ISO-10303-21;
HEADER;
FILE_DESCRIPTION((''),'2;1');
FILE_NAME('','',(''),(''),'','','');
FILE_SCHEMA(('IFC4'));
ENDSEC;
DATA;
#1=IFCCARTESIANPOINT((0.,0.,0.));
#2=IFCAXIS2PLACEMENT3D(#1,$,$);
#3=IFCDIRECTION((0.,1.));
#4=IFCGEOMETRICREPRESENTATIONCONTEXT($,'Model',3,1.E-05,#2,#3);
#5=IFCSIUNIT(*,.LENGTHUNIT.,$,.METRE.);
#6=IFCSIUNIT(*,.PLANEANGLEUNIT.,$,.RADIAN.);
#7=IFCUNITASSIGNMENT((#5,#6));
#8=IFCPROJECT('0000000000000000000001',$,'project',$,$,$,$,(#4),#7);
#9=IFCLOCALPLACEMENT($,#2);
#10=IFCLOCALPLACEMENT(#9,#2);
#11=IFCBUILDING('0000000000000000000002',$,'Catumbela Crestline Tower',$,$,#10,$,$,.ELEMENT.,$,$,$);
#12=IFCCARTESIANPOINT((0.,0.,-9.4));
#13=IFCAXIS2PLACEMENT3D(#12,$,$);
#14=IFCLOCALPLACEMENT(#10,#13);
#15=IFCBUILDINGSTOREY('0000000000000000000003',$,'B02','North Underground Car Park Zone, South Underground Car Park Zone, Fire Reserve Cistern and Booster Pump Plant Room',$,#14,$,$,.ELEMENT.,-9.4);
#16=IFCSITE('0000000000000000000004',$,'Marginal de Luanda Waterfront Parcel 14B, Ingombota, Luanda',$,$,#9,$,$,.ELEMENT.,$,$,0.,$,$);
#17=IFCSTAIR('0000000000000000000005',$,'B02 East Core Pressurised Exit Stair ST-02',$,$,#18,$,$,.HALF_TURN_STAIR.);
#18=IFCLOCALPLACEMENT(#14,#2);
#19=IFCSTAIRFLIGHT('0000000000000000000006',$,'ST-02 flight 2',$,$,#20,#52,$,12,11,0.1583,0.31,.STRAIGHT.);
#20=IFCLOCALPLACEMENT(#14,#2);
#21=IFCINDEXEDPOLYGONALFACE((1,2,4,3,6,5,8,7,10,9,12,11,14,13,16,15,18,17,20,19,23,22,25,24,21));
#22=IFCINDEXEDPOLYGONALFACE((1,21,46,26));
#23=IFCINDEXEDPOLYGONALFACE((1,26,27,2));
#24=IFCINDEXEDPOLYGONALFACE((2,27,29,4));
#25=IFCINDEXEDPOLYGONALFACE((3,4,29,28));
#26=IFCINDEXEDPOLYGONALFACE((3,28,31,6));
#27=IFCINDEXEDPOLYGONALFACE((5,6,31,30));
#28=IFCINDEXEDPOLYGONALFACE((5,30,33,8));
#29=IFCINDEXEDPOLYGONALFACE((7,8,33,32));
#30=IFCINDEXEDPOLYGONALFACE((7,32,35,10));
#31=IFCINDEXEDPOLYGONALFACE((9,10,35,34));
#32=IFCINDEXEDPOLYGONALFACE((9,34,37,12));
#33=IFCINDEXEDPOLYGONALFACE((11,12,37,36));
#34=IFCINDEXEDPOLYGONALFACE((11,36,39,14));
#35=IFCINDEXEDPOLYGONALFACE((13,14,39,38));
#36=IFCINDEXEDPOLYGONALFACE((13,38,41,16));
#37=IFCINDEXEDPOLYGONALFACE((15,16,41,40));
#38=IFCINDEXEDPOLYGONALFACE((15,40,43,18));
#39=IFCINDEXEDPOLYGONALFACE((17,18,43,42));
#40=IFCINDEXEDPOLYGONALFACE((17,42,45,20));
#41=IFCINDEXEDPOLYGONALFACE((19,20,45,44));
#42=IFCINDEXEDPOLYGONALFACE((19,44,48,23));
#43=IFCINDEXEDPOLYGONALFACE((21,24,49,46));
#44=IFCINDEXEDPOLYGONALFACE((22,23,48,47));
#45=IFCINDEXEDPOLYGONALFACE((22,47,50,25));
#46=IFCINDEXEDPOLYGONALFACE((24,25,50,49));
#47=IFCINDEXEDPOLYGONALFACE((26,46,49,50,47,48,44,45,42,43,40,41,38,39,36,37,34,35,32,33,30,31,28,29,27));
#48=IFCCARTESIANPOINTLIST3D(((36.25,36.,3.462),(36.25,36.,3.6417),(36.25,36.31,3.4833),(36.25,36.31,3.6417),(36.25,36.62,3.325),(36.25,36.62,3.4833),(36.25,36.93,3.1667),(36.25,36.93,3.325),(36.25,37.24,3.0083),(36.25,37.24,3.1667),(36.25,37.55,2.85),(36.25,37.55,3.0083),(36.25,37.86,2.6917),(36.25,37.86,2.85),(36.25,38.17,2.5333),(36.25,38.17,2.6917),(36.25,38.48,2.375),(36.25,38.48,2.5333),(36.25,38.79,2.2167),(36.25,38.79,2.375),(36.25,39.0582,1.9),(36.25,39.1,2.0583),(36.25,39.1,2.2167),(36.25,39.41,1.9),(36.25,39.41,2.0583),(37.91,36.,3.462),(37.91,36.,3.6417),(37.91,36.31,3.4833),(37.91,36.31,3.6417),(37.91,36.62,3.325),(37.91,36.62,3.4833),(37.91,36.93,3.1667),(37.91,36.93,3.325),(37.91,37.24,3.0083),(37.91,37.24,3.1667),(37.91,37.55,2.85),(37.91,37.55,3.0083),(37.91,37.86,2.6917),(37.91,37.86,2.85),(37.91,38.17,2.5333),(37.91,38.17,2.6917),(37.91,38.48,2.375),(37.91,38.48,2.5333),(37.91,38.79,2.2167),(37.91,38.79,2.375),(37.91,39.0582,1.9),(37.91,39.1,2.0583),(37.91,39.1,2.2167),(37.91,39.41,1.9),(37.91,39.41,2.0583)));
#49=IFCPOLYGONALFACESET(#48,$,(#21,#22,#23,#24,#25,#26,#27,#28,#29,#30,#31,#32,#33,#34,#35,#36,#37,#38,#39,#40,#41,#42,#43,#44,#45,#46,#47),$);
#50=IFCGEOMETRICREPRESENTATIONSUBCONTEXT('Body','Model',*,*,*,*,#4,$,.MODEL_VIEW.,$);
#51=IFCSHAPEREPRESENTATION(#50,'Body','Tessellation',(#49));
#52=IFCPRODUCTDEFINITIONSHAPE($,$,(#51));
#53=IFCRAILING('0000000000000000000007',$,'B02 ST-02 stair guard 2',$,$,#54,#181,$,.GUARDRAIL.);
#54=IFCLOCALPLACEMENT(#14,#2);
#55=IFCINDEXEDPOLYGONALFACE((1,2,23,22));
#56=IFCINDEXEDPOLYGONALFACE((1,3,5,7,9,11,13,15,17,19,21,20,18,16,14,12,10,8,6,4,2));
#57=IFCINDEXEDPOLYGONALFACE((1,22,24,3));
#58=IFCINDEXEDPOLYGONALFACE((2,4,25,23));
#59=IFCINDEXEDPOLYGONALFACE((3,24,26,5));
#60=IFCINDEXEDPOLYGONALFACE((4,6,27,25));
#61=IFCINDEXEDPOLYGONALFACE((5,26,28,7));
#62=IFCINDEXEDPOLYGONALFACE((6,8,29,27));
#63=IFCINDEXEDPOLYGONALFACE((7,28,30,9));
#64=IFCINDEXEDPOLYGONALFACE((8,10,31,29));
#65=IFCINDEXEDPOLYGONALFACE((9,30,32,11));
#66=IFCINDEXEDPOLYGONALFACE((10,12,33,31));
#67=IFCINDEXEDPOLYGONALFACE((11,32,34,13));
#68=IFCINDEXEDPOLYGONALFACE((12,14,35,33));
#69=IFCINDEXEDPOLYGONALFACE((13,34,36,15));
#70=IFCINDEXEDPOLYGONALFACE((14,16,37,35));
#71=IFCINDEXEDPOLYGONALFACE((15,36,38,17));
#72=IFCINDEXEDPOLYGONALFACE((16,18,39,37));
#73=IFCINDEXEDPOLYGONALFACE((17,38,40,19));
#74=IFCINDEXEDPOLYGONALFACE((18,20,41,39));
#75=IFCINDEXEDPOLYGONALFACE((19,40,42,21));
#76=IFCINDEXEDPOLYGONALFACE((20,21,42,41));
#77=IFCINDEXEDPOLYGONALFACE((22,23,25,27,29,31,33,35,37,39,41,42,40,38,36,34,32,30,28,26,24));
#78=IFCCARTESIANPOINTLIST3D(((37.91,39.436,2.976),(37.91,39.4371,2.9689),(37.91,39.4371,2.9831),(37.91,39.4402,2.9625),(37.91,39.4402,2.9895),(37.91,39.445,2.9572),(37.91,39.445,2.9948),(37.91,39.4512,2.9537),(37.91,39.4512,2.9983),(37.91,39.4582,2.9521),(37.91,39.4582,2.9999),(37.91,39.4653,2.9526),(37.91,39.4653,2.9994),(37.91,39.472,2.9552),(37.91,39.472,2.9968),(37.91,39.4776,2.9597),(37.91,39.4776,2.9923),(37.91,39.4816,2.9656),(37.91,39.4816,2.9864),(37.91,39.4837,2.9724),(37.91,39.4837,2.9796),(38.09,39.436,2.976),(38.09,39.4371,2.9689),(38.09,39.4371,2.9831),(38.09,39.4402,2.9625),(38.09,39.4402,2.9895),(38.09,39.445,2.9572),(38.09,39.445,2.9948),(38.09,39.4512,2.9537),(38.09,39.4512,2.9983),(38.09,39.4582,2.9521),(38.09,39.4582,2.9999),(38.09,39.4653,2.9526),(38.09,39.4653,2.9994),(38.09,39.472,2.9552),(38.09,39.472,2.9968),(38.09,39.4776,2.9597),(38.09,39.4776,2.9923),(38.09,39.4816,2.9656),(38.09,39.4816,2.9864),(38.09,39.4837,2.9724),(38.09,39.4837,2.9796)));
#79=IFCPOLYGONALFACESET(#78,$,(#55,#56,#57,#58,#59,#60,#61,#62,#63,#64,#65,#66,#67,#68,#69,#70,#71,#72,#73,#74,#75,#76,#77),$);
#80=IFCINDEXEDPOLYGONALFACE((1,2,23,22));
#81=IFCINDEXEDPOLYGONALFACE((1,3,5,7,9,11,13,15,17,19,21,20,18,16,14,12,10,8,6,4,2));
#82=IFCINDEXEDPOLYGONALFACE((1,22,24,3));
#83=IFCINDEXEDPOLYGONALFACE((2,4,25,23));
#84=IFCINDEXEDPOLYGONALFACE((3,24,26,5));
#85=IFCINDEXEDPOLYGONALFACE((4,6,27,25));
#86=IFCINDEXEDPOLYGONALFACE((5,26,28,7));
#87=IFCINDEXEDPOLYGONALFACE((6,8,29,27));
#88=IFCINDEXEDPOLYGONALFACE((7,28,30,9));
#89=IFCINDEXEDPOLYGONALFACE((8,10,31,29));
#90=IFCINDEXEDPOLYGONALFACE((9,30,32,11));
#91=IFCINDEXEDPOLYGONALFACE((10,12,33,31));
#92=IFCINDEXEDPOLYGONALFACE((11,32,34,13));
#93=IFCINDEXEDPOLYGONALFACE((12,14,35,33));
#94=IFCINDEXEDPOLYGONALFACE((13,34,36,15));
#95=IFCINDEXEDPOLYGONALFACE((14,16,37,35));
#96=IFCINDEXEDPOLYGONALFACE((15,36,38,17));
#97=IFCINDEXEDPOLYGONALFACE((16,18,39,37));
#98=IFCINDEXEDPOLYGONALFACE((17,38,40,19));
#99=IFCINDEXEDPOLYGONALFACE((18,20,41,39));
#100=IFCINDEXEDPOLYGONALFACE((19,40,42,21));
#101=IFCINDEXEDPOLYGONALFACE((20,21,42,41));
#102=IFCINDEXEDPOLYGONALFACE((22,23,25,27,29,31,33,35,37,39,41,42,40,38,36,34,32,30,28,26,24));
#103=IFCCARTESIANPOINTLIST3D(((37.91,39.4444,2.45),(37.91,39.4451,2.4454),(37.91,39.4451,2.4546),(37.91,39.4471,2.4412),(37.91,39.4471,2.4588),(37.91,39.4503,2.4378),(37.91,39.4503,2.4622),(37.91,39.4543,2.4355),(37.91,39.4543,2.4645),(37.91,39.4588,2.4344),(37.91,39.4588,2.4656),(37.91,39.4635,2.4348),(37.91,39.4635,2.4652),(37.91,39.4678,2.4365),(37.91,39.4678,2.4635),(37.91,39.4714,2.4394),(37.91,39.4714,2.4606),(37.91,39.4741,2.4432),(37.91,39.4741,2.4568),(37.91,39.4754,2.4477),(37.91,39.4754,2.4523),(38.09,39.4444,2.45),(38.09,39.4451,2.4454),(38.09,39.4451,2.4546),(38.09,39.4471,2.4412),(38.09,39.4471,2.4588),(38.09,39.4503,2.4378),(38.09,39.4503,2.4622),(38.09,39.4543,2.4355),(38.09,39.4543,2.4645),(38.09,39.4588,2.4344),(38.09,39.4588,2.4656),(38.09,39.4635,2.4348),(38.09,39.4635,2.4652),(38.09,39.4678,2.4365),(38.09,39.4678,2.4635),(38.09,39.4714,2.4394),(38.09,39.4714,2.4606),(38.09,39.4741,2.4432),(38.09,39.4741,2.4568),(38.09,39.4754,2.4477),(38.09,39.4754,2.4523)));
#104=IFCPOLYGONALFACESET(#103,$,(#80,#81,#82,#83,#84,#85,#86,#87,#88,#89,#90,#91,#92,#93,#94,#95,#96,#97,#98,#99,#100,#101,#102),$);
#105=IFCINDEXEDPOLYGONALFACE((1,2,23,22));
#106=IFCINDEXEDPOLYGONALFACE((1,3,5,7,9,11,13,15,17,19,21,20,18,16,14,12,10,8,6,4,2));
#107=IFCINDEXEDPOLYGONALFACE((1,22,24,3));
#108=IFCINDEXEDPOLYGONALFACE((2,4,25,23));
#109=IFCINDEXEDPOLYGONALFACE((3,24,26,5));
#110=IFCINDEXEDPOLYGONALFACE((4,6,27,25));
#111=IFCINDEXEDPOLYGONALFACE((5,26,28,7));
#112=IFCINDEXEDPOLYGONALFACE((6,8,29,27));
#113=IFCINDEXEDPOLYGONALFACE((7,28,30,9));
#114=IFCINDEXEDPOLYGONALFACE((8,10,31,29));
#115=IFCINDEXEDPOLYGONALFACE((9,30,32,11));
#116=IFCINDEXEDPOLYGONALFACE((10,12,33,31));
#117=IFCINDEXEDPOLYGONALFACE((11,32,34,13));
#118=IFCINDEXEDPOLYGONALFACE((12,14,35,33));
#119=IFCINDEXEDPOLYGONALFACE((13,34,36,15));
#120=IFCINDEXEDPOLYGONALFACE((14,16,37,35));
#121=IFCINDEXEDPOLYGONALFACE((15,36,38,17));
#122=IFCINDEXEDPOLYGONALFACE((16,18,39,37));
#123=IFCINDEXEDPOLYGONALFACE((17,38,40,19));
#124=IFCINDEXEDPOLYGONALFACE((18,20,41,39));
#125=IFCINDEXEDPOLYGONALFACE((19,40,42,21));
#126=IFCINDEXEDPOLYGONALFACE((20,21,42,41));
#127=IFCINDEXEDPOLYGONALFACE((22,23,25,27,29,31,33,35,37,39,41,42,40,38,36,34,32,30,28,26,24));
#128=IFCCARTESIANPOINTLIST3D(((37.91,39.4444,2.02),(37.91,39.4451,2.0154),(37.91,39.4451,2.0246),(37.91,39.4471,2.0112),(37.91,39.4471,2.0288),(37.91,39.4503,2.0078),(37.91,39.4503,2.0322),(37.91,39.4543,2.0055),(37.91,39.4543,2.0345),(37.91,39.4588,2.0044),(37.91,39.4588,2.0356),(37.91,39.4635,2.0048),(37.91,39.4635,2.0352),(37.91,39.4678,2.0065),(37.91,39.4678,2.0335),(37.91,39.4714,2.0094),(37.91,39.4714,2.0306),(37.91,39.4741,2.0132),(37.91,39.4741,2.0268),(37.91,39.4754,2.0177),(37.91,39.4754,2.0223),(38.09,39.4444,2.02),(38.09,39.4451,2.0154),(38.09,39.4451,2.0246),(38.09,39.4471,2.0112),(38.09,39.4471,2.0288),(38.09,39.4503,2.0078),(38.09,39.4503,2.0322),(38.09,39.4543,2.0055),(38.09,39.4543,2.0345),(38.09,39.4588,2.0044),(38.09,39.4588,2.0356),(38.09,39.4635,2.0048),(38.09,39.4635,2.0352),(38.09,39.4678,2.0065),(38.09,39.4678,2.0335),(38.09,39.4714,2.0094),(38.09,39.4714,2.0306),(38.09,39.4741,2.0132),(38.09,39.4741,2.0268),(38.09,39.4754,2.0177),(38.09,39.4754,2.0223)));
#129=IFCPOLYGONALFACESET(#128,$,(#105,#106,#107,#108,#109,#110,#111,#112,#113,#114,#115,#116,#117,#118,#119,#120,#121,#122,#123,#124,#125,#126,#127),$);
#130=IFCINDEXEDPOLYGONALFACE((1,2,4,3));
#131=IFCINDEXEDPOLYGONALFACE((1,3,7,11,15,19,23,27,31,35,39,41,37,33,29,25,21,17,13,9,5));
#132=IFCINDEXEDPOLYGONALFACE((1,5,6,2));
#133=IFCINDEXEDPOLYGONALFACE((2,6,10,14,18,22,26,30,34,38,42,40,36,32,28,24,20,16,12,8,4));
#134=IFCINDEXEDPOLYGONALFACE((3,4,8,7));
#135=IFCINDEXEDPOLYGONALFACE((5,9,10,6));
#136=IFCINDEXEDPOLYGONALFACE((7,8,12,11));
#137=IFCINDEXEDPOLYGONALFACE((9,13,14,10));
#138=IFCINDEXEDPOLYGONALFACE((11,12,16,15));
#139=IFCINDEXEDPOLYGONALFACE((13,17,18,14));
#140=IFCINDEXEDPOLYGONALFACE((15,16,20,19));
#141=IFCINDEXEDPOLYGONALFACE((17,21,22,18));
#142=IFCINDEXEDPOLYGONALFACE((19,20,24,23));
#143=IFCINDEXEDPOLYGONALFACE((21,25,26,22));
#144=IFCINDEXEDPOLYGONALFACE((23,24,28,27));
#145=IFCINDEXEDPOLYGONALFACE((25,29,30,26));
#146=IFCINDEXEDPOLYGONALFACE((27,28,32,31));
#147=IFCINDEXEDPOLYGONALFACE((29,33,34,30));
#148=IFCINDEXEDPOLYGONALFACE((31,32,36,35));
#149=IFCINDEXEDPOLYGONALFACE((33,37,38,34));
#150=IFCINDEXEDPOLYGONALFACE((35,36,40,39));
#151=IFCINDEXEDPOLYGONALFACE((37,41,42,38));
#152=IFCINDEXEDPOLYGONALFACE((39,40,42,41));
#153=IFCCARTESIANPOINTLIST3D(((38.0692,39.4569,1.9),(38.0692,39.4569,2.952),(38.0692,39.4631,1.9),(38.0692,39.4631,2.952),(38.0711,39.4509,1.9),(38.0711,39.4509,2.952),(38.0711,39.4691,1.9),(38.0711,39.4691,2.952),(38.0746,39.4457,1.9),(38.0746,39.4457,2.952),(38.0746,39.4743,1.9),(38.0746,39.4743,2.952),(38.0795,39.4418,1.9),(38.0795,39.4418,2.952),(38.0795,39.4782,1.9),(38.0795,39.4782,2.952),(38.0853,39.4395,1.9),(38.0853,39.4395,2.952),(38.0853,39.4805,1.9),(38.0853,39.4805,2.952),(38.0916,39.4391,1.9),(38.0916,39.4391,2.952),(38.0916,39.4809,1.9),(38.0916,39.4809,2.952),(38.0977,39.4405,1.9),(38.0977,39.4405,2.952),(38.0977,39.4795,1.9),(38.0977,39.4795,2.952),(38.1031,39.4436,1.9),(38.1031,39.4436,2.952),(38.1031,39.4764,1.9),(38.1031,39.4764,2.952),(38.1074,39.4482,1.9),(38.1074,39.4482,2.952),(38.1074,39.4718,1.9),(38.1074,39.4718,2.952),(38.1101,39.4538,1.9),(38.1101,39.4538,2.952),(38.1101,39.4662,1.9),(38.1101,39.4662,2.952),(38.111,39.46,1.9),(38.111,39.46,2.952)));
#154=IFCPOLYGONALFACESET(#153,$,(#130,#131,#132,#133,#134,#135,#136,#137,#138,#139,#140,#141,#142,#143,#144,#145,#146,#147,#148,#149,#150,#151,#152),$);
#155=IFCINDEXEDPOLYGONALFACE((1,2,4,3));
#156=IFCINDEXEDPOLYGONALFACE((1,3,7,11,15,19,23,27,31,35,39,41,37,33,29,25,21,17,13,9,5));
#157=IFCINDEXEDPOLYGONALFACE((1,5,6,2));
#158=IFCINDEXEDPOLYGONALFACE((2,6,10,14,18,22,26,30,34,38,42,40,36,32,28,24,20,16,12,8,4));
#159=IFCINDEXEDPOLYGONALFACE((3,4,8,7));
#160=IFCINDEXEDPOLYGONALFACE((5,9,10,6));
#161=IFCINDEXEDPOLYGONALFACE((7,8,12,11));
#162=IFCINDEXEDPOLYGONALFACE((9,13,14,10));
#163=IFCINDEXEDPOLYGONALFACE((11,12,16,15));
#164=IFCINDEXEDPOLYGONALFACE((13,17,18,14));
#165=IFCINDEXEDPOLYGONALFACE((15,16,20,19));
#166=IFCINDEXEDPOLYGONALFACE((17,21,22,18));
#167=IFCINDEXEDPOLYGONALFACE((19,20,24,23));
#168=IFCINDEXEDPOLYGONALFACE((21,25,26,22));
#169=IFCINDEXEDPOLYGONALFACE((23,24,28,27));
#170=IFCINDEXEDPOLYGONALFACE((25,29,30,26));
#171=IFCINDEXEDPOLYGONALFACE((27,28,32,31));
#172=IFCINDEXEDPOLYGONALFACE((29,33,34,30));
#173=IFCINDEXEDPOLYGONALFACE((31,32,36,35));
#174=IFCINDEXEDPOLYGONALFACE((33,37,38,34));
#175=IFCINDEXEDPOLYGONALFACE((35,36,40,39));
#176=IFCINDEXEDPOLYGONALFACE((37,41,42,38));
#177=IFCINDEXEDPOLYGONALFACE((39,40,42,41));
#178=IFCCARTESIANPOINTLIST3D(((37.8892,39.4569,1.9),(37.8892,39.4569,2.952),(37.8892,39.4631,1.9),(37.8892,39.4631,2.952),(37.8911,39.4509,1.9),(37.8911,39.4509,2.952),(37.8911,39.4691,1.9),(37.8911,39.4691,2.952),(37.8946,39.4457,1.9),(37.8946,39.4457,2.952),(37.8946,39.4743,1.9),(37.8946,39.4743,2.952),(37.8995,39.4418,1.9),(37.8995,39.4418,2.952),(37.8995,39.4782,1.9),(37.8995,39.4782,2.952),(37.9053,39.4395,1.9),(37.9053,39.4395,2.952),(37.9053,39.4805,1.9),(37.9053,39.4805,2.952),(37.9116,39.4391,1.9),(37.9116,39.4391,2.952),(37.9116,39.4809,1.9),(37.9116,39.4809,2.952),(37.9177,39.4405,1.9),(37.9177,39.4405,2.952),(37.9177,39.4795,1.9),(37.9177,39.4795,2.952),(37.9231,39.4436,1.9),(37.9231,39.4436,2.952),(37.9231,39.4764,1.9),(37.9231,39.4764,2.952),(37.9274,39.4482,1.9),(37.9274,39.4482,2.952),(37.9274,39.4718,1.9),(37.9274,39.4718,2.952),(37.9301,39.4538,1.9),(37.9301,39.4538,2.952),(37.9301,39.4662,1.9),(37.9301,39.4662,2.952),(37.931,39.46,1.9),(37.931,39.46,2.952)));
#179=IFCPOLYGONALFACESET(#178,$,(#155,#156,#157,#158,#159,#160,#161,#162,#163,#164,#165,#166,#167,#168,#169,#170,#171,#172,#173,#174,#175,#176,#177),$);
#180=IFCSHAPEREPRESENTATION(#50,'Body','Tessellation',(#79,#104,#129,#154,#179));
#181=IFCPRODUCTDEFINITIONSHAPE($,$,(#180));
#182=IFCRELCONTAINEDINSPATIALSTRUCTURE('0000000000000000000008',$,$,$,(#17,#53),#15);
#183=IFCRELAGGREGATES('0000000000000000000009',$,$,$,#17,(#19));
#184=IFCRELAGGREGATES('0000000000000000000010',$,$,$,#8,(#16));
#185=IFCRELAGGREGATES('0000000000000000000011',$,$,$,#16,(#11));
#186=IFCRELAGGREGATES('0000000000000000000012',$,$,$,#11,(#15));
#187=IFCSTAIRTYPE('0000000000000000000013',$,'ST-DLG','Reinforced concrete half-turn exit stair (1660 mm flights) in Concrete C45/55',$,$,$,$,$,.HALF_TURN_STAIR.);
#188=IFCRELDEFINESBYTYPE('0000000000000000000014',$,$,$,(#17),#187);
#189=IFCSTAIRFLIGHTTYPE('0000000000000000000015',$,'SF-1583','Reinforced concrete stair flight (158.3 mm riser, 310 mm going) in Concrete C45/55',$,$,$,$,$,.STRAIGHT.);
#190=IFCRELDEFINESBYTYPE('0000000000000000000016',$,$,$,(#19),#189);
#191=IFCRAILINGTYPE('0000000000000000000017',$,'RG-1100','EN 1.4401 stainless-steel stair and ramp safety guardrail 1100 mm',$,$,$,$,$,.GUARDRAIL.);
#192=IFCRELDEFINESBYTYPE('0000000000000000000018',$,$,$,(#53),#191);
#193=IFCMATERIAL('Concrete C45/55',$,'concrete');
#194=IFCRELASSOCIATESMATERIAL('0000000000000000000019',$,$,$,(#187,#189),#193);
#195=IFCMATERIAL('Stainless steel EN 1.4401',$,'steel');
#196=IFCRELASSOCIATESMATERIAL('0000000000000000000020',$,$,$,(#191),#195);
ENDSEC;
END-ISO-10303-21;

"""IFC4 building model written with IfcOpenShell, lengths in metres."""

from ifc_helpers import new_model, si_unit, direction, frame, origin, origin_2d, place, context, subcontext, project, spatial, polyline, circle, outline, extrude, material, type_object, element, aggregate, save


model = new_model("IFC4")

# Units and contexts
model_context = context("Model", 3, precision=1e-05, world=origin(), true_north=direction((0.0, 1.0)))
body_context = subcontext(model_context, "Body", "Model", "MODEL_VIEW")
ifc_project = project(units=[si_unit("LENGTHUNIT", "METRE"), si_unit("PLANEANGLEUNIT", "RADIAN")], contexts=[model_context])

# Site, building, storey
site_placement = place(None, origin())
site = spatial("IfcSite", under=ifc_project, at=site_placement, Name="Marginal de Luanda Waterfront Parcel 14B, Ingombota, Luanda", CompositionType="ELEMENT", RefElevation=0.0)
building_placement = place(site_placement, origin())
building = spatial("IfcBuilding", under=site, at=building_placement, Name="Catumbela Crestline Tower", CompositionType="ELEMENT")
storey_placement = place(building_placement, frame((0.0, 0.0, -9.4)))
storey = spatial("IfcBuildingStorey", under=building, at=storey_placement, Name="B02", Description="North Underground Car Park Zone, South Underground Car Park Zone, Fire Reserve Cistern and Booster Pump Plant Room", CompositionType="ELEMENT", Elevation=-9.4)

# Shared definitions
ifc_material_1 = material(Name="Stainless steel EN 1.4401", Category="steel")

# Stair, stair flight
ifc_material_2 = material(Name="Concrete C45/55", Category="concrete")
stair_type = type_object("IfcStairType", Name="ST-DLG", Description="Reinforced concrete half-turn exit stair (1660 mm flights) in Concrete C45/55", PredefinedType="HALF_TURN_STAIR", material=ifc_material_2)
stair_placement = place(storey_placement, origin())
stair = element("IfcStair", 1, at=stair_placement, inside=storey, type_object=stair_type, Name="B02 East Core Pressurised Exit Stair ST-02", PredefinedType="HALF_TURN_STAIR")
stair_flight_type = type_object("IfcStairFlightType", Name="SF-1583", Description="Reinforced concrete stair flight (158.3 mm riser, 310 mm going) in Concrete C45/55", PredefinedType="STRAIGHT", material=ifc_material_2)
stair_flight_1_placement = place(storey_placement, frame((37.08, 39.41, 1.9), z_axis=(0.0, 0.0, 1.0), x_axis=(0.0, -1.0, 0.0)))
stair_flight_1 = element("IfcStairFlight", 2, at=stair_flight_1_placement, type_object=stair_flight_type, Name="ST-02 flight 2", NumberOfRisers=12, NumberOfTreads=11, PredefinedType="STRAIGHT", RiserHeight=0.1583, TreadLength=0.31, context=body_context, shape_type="SweptSolid", body=[
    extrude(outline(polyline([(0.0, 0.0), (0.0, 0.1583), (0.31, 0.1583), (0.31, 0.3167), (0.62, 0.3167), (0.62, 0.475), (0.93, 0.475), (0.93, 0.6333), (1.24, 0.6333), (1.24, 0.7917), (1.55, 0.7917), (1.55, 0.95), (1.86, 0.95), (1.86, 1.1083), (2.17, 1.1083), (2.17, 1.2667), (2.48, 1.2667), (2.48, 1.425), (2.79, 1.425), (2.79, 1.5833), (3.1, 1.5833), (3.1, 1.7417), (3.41, 1.7417), (3.41, 1.9), (3.41, 1.562), (0.3518, 0.0), (0.0, 0.0)])), frame((0.0, 0.83, 0.0), z_axis=(0.0, -1.0, 0.0), x_axis=(1.0, 0.0, 0.0)), (0.0, 0.0, 1.0), 1.66),
])
aggregate(stair, [stair_flight_1])

# Railing
railing_type_1 = type_object("IfcRailingType", Name="RG-1100", Description="EN 1.4401 stainless-steel stair and ramp safety guardrail 1100 mm", PredefinedType="GUARDRAIL", material=ifc_material_1)
railing_1_placement = place(storey_placement, frame((38.09, 39.46, 1.9)))
element("IfcRailing", 3, at=railing_1_placement, inside=storey, type_object=railing_type_1, Name="B02 ST-02 stair guard 2", PredefinedType="GUARDRAIL", context=body_context, shape_type="SweptSolid", body=[
    extrude(circle(Radius=0.024, at=origin_2d()), frame((0.0, 0.0, 1.076), z_axis=(-1.0, 0.0, 0.0), x_axis=(0.0, -1.0, 0.0)), (0.0, 0.0, 1.0), 0.18),
    extrude(circle(Radius=0.0156, at=origin_2d()), frame((0.0, 0.0, 0.55), z_axis=(-1.0, 0.0, 0.0), x_axis=(0.0, -1.0, 0.0)), (0.0, 0.0, 1.0), 0.18),
    extrude(circle(Radius=0.0156, at=origin_2d()), frame((0.0, 0.0, 0.12), z_axis=(-1.0, 0.0, 0.0), x_axis=(0.0, -1.0, 0.0)), (0.0, 0.0, 1.0), 0.18),
    extrude(circle(Radius=0.021, at=origin_2d()), origin(), (0.0, 0.0, 1.0), 1.052),
    extrude(circle(Radius=0.021, at=origin_2d()), frame((-0.18, 0.0, 0.0)), (0.0, 0.0, 1.0), 1.052),
])

save(model, "model.ifc")
